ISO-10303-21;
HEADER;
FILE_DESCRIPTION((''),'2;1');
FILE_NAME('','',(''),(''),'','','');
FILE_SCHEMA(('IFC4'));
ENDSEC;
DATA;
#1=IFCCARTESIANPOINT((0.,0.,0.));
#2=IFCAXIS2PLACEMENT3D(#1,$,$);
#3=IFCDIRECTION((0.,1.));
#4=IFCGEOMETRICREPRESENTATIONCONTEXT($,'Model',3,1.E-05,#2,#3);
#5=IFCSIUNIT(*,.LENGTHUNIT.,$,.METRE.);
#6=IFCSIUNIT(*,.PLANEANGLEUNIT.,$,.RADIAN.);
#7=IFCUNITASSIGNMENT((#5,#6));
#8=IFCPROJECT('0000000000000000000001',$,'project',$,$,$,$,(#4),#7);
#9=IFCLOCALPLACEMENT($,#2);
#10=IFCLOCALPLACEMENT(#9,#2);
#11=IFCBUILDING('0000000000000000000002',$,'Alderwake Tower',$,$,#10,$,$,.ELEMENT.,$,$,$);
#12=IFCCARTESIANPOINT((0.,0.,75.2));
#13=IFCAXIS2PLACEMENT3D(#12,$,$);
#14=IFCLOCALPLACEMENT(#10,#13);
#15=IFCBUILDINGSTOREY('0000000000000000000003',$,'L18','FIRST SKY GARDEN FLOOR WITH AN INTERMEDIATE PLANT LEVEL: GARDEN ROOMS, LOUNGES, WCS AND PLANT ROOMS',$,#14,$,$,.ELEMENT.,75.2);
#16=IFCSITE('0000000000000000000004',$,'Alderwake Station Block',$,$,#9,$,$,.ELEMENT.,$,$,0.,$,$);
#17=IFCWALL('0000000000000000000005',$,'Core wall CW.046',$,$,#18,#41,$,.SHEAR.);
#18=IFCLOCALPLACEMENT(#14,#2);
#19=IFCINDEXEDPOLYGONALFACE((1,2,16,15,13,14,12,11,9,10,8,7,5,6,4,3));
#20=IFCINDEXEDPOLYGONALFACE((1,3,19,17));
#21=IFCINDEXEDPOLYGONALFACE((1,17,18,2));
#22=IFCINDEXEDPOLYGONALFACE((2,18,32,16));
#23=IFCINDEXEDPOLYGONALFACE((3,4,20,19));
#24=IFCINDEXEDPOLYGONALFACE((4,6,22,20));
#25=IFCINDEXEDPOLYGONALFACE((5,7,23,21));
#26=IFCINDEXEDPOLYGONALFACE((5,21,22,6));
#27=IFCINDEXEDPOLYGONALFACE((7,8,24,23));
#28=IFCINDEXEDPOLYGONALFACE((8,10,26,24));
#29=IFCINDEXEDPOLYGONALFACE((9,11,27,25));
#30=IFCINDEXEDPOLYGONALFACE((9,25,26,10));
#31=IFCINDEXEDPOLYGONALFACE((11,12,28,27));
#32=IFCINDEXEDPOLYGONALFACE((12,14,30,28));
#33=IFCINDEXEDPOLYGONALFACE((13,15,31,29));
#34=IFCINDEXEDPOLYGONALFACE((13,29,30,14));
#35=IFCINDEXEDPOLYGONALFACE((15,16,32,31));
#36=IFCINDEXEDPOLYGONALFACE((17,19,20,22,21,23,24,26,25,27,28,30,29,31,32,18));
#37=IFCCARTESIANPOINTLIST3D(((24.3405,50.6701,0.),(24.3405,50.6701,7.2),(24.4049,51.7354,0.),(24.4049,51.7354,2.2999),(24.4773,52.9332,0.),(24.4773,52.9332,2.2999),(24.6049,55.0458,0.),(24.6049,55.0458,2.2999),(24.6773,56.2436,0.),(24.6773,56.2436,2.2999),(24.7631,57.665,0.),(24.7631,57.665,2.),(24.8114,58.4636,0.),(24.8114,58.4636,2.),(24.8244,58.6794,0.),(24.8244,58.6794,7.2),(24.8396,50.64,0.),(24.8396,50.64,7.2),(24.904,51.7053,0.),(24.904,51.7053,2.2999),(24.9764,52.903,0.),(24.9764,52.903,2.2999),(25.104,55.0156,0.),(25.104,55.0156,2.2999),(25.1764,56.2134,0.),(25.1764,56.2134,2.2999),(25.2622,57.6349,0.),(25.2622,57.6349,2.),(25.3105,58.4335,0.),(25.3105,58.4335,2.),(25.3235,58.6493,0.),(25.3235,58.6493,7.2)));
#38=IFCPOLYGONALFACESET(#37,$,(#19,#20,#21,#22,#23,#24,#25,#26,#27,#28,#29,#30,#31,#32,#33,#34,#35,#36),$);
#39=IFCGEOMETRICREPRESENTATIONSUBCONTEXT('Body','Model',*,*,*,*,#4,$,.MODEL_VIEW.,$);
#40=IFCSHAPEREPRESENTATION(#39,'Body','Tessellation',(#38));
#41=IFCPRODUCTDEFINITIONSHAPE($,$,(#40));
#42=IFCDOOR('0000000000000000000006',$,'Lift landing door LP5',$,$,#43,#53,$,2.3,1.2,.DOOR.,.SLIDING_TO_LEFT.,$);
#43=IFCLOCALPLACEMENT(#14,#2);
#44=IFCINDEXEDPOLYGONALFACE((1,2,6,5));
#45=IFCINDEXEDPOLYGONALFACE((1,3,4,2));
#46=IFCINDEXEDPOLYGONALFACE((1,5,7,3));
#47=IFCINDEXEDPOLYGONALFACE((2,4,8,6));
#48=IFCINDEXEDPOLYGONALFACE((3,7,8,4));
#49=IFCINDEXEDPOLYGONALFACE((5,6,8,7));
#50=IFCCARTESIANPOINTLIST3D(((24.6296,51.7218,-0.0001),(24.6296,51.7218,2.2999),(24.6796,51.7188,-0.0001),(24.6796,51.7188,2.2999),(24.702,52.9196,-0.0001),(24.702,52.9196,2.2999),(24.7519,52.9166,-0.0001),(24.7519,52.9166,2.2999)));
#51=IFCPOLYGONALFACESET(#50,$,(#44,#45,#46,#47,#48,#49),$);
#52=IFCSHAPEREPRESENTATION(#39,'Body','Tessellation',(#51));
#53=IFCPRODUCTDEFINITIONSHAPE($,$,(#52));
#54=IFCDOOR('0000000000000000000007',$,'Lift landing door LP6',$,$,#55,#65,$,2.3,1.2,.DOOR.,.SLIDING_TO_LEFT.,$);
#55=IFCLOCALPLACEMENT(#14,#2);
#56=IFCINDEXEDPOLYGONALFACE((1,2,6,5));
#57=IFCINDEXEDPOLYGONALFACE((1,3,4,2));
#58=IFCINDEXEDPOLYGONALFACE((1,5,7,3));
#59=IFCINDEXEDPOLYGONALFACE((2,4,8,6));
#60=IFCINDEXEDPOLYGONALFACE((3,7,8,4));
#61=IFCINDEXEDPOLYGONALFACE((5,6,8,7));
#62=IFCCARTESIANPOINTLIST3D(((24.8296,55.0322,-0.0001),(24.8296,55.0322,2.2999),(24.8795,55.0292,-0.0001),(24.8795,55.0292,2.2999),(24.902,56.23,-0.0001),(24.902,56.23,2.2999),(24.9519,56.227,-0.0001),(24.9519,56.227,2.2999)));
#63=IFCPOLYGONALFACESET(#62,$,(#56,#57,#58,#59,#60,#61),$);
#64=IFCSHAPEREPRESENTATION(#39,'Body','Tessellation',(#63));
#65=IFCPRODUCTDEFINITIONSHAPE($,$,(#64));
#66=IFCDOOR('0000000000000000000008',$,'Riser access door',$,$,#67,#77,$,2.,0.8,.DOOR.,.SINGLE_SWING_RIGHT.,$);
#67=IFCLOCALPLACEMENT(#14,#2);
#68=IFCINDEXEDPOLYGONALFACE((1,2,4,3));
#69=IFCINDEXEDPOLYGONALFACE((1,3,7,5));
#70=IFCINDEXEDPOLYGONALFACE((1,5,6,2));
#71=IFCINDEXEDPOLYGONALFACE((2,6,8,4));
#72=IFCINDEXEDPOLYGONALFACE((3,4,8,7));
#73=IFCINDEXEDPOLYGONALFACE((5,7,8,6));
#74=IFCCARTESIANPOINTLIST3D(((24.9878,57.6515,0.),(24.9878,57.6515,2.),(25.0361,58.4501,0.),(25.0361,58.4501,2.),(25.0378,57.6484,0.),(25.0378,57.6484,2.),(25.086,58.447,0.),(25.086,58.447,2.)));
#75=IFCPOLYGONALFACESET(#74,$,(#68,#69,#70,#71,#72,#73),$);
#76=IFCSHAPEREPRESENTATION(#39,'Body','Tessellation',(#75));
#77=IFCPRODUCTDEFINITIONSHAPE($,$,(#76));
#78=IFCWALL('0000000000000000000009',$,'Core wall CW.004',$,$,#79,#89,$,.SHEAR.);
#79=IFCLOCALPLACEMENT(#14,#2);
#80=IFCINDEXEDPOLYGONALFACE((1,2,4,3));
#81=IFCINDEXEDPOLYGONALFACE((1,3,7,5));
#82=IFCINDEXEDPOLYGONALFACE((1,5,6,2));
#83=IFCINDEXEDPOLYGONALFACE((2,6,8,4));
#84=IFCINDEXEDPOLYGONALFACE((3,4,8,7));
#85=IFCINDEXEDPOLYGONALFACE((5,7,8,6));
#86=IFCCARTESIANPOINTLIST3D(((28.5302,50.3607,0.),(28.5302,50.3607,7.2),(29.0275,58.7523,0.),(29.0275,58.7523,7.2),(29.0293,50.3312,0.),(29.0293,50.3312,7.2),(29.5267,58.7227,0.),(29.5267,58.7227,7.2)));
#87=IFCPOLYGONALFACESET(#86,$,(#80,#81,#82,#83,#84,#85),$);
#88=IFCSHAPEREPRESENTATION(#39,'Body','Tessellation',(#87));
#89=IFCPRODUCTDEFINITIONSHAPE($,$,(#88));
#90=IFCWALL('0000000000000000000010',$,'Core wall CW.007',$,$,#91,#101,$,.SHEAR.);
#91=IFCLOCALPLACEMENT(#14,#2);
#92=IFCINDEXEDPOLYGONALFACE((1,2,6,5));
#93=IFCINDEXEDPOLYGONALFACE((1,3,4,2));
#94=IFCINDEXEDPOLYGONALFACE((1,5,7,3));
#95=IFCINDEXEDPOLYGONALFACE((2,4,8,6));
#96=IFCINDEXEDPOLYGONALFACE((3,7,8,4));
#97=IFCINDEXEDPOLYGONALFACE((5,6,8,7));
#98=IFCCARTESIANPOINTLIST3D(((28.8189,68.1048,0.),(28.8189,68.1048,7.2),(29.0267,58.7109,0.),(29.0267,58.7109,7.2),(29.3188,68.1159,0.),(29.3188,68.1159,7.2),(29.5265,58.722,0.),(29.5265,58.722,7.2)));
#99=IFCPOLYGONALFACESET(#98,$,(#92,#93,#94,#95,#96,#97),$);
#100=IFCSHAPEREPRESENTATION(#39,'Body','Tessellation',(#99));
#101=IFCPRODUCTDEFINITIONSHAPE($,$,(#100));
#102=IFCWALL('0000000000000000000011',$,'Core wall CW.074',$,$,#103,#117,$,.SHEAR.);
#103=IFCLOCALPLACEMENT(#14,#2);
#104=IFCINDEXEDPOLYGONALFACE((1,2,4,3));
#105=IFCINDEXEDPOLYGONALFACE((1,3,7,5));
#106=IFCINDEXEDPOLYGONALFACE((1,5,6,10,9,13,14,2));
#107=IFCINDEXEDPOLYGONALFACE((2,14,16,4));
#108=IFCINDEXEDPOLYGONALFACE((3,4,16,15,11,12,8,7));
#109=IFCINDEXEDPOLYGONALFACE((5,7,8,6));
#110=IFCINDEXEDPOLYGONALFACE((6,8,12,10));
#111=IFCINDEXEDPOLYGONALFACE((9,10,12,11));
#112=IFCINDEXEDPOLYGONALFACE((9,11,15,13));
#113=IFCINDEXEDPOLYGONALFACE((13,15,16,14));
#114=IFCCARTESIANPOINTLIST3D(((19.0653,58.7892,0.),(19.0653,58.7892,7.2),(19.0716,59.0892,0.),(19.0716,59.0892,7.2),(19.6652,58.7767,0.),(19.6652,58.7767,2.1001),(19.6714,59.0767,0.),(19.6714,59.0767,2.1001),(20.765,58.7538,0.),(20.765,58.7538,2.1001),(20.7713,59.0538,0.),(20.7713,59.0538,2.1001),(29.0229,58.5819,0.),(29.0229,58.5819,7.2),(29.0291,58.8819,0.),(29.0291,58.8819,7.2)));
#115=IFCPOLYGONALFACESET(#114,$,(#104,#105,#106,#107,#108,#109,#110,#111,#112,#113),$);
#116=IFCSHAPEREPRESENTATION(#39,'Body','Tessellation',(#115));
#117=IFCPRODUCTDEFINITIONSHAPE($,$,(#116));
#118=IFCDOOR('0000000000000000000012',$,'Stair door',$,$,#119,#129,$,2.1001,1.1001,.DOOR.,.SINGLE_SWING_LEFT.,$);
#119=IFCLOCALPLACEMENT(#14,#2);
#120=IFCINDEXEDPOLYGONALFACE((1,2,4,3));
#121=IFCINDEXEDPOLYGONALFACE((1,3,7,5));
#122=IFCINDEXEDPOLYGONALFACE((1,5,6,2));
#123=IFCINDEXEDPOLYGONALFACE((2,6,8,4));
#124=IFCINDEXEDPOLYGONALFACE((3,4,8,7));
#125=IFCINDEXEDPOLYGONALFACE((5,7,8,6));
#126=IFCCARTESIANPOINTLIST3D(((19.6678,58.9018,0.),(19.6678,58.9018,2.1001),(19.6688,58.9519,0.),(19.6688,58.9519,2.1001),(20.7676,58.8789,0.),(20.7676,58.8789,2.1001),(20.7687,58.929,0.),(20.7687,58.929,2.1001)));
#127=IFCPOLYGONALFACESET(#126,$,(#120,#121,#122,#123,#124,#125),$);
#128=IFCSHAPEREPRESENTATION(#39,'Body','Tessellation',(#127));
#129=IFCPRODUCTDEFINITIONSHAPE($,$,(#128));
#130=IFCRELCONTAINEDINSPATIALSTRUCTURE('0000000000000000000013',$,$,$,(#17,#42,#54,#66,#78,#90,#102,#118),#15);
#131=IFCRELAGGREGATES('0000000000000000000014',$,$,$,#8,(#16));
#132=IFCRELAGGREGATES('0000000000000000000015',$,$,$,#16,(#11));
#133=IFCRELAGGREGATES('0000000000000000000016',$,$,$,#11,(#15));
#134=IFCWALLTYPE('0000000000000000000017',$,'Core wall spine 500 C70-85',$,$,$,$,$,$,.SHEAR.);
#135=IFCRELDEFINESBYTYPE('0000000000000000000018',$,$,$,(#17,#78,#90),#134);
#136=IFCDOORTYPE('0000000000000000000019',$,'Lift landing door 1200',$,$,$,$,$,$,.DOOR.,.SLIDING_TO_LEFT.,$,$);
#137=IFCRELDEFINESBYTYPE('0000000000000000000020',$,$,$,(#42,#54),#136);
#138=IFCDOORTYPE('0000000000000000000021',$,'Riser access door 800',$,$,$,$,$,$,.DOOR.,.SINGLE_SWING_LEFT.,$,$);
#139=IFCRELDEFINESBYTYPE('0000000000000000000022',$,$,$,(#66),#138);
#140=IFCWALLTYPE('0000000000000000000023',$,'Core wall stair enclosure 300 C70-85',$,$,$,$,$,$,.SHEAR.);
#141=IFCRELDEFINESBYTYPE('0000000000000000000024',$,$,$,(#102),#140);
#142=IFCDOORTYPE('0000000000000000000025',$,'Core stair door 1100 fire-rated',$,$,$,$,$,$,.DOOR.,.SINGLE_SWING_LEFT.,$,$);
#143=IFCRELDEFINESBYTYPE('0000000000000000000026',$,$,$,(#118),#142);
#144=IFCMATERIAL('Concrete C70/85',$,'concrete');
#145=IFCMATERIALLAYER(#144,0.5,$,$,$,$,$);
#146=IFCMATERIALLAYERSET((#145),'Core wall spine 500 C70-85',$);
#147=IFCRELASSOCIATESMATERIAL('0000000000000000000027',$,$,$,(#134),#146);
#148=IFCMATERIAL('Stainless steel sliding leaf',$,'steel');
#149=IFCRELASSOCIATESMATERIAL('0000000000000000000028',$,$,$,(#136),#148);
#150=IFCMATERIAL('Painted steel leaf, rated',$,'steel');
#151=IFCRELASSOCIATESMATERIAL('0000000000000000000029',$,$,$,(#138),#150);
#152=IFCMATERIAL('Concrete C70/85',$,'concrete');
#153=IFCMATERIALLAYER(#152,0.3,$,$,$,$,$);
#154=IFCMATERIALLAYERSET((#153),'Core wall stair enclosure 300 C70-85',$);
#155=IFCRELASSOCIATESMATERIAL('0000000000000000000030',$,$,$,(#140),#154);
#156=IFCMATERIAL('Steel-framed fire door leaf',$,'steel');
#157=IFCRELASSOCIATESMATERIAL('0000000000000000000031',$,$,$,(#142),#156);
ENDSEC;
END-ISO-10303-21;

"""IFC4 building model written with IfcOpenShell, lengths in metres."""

from ifc_helpers import new_model, si_unit, direction, frame, frame_2d, origin, place, context, subcontext, project, spatial, rectangle, extrude, material, layer, layer_set, type_object, element, fill, save


model = new_model("IFC4")

# Units and contexts
model_context = context("Model", 3, precision=1e-05, world=origin(), true_north=direction((0.0, 1.0)))
body_context = subcontext(model_context, "Body", "Model", "MODEL_VIEW")
ifc_project = project(units=[si_unit("LENGTHUNIT", "METRE"), si_unit("PLANEANGLEUNIT", "RADIAN")], contexts=[model_context])

# Site, building, storey
site_placement = place(None, origin())
site = spatial("IfcSite", under=ifc_project, at=site_placement, Name="Alderwake Station Block", CompositionType="ELEMENT", RefElevation=0.0)
building_placement = place(site_placement, origin())
building = spatial("IfcBuilding", under=site, at=building_placement, Name="Alderwake Tower", CompositionType="ELEMENT")
storey_placement = place(building_placement, frame((0.0, 0.0, 75.2)))
storey = spatial("IfcBuildingStorey", under=building, at=storey_placement, Name="L18", Description="FIRST SKY GARDEN FLOOR WITH AN INTERMEDIATE PLANT LEVEL: GARDEN ROOMS, LOUNGES, WCS AND PLANT ROOMS", CompositionType="ELEMENT", Elevation=75.2)

# Wall, openings, doors
ifc_material_1 = material(Name="Concrete C70/85", Category="concrete")
ifc_layer_1 = layer(ifc_material_1, 0.5)
ifc_layer_set_1 = layer_set([ifc_layer_1], Name="Core wall spine 500 C70-85")
wall_type_1 = type_object("IfcWallType", Name="Core wall spine 500 C70-85", PredefinedType="SHEAR", material=ifc_layer_set_1)
wall_1_placement = place(storey_placement, frame((24.5901, 50.655, 0.0), z_axis=(0.0, 0.0, 1.0), x_axis=(0.060306, 0.99818, 0.0)))
wall_1 = element("IfcWall", 1, at=wall_1_placement, inside=storey, type_object=wall_type_1, Name="Core wall CW.046", PredefinedType="SHEAR", context=body_context, shape_type="SweptSolid", body=[
    extrude(rectangle(XDim=8.0239, YDim=0.5, at=frame_2d((4.012, 0.0))), origin(), (0.0, 0.0, 1.0), 7.2),
])
opening_1_placement = place(wall_1_placement, frame((1.0671, 0.0, 0.0)))
opening_1 = element("IfcOpeningElement", 2, at=opening_1_placement, cuts=wall_1, PredefinedType="OPENING", context=body_context, shape_type="SweptSolid", body=[
    extrude(rectangle(XDim=1.2, YDim=2.3, at=frame_2d((0.6001, 1.1499))), frame((0.0, 0.26, 0.0), z_axis=(0.0, -1.0, 0.0), x_axis=(1.0, 0.0, 0.0)), (0.0, 0.0, 1.0), 0.52),
])
opening_2_placement = place(wall_1_placement, frame((4.3835, 0.0, 0.0)))
opening_2 = element("IfcOpeningElement", 3, at=opening_2_placement, cuts=wall_1, PredefinedType="OPENING", context=body_context, shape_type="SweptSolid", body=[
    extrude(rectangle(XDim=1.2, YDim=2.3, at=frame_2d((0.6001, 1.1499))), frame((0.0, 0.26, 0.0), z_axis=(0.0, -1.0, 0.0), x_axis=(1.0, 0.0, 0.0)), (0.0, 0.0, 1.0), 0.52),
])
opening_3_placement = place(wall_1_placement, frame((7.0078, 0.0, 0.0)))
opening_3 = element("IfcOpeningElement", 4, at=opening_3_placement, cuts=wall_1, PredefinedType="OPENING", context=body_context, shape_type="SweptSolid", body=[
    extrude(rectangle(XDim=0.8, YDim=2.0, at=frame_2d((0.3999, 1.0))), frame((0.0, 0.26, 0.0), z_axis=(0.0, -1.0, 0.0), x_axis=(1.0, 0.0, 0.0)), (0.0, 0.0, 1.0), 0.52),
])
ifc_material_2 = material(Name="Stainless steel sliding leaf", Category="steel")
door_type_1 = type_object("IfcDoorType", Name="Lift landing door 1200", OperationType="SLIDING_TO_LEFT", PredefinedType="DOOR", material=ifc_material_2)
door_1_placement = place(opening_1_placement, origin())
door_1 = element("IfcDoor", 5, at=door_1_placement, inside=storey, type_object=door_type_1, Name="Lift landing door LP5", OperationType="SLIDING_TO_LEFT", OverallHeight=2.3, OverallWidth=1.2, PredefinedType="DOOR", context=body_context, shape_type="SweptSolid", body=[
    extrude(rectangle(XDim=1.2, YDim=2.3, at=frame_2d((0.6001, 1.1499))), frame((0.0, 0.0249, 0.0), z_axis=(0.0, -1.0, 0.0), x_axis=(1.0, 0.0, 0.0)), (0.0, 0.0, 1.0), 0.05),
])
fill(opening_1, door_1)
door_2_placement = place(opening_2_placement, origin())
door_2 = element("IfcDoor", 6, at=door_2_placement, inside=storey, type_object=door_type_1, Name="Lift landing door LP6", OperationType="SLIDING_TO_LEFT", OverallHeight=2.3, OverallWidth=1.2, PredefinedType="DOOR", context=body_context, shape_type="SweptSolid", body=[
    extrude(rectangle(XDim=1.2, YDim=2.3, at=frame_2d((0.6001, 1.1499))), frame((0.0, 0.0249, 0.0), z_axis=(0.0, -1.0, 0.0), x_axis=(1.0, 0.0, 0.0)), (0.0, 0.0, 1.0), 0.05),
])
fill(opening_2, door_2)
ifc_material_3 = material(Name="Painted steel leaf, rated", Category="steel")
door_type_2 = type_object("IfcDoorType", Name="Riser access door 800", OperationType="SINGLE_SWING_LEFT", PredefinedType="DOOR", material=ifc_material_3)
door_3_placement = place(opening_3_placement, origin())
door_3 = element("IfcDoor", 7, at=door_3_placement, inside=storey, type_object=door_type_2, Name="Riser access door", OperationType="SINGLE_SWING_RIGHT", OverallHeight=2.0, OverallWidth=0.8, PredefinedType="DOOR", context=body_context, shape_type="SweptSolid", body=[
    extrude(rectangle(XDim=0.8, YDim=2.0, at=frame_2d((0.3999, 1.0))), frame((0.0, 0.0249, 0.0), z_axis=(0.0, -1.0, 0.0), x_axis=(1.0, 0.0, 0.0)), (0.0, 0.0, 1.0), 0.05),
])
fill(opening_3, door_3)

# Walls
wall_2_placement = place(storey_placement, frame((28.7798, 50.3459, 0.0), z_axis=(0.0, 0.0, 1.0), x_axis=(0.05916, 0.998249, 0.0)))
element("IfcWall", 8, at=wall_2_placement, inside=storey, type_object=wall_type_1, Name="Core wall CW.004", PredefinedType="SHEAR", context=body_context, shape_type="SweptSolid", body=[
    extrude(rectangle(XDim=8.4062, YDim=0.5, at=frame_2d((4.2031, 0.0))), origin(), (0.0, 0.0, 1.0), 7.2),
])
wall_3_placement = place(storey_placement, frame((29.2766, 58.7163, 0.0), z_axis=(0.0, 0.0, 1.0), x_axis=(-0.022111, 0.999756, 0.0)))
element("IfcWall", 9, at=wall_3_placement, inside=storey, type_object=wall_type_1, Name="Core wall CW.007", PredefinedType="SHEAR", context=body_context, shape_type="SweptSolid", body=[
    extrude(rectangle(XDim=9.3962, YDim=0.5, at=frame_2d((4.6982, 0.0))), origin(), (0.0, 0.0, 1.0), 7.2),
])

# Wall, opening, door
ifc_material_4 = material(Name="Concrete C70/85", Category="concrete")
ifc_layer_2 = layer(ifc_material_4, 0.3)
ifc_layer_set_2 = layer_set([ifc_layer_2], Name="Core wall stair enclosure 300 C70-85")
wall_type_2 = type_object("IfcWallType", Name="Core wall stair enclosure 300 C70-85", PredefinedType="SHEAR", material=ifc_layer_set_2)
wall_4_placement = place(storey_placement, frame((29.0261, 58.7319, 0.0), z_axis=(0.0, 0.0, 1.0), x_axis=(-0.999783, 0.020811, 0.0)))
wall_4 = element("IfcWall", 10, at=wall_4_placement, inside=storey, type_object=wall_type_2, Name="Core wall CW.074", PredefinedType="SHEAR", context=body_context, shape_type="SweptSolid", body=[
    extrude(rectangle(XDim=9.9597, YDim=0.3, at=frame_2d((4.98, 0.0))), origin(), (0.0, 0.0, 1.0), 7.2),
])
opening_4_placement = place(wall_4_placement, frame((8.2598, 0.0, 0.0)))
opening_4 = element("IfcOpeningElement", 11, at=opening_4_placement, cuts=wall_4, PredefinedType="OPENING", context=body_context, shape_type="SweptSolid", body=[
    extrude(rectangle(XDim=1.1001, YDim=2.1001, at=frame_2d((0.55, 1.05))), frame((0.0, 0.1599, 0.0), z_axis=(0.0, -1.0, 0.0), x_axis=(1.0, 0.0, 0.0)), (0.0, 0.0, 1.0), 0.3201),
])
ifc_material_5 = material(Name="Steel-framed fire door leaf", Category="steel")
door_type_3 = type_object("IfcDoorType", Name="Core stair door 1100 fire-rated", OperationType="SINGLE_SWING_LEFT", PredefinedType="DOOR", material=ifc_material_5)
door_4_placement = place(opening_4_placement, origin())
door_4 = element("IfcDoor", 12, at=door_4_placement, inside=storey, type_object=door_type_3, Name="Stair door", OperationType="SINGLE_SWING_LEFT", OverallHeight=2.1001, OverallWidth=1.1001, PredefinedType="DOOR", context=body_context, shape_type="SweptSolid", body=[
    extrude(rectangle(XDim=1.1001, YDim=2.1001, at=frame_2d((0.55, 1.05))), frame((0.0, 0.0249, 0.0), z_axis=(0.0, -1.0, 0.0), x_axis=(1.0, 0.0, 0.0)), (0.0, 0.0, 1.0), 0.05),
])
fill(opening_4, door_4)

save(model, "model.ifc")
